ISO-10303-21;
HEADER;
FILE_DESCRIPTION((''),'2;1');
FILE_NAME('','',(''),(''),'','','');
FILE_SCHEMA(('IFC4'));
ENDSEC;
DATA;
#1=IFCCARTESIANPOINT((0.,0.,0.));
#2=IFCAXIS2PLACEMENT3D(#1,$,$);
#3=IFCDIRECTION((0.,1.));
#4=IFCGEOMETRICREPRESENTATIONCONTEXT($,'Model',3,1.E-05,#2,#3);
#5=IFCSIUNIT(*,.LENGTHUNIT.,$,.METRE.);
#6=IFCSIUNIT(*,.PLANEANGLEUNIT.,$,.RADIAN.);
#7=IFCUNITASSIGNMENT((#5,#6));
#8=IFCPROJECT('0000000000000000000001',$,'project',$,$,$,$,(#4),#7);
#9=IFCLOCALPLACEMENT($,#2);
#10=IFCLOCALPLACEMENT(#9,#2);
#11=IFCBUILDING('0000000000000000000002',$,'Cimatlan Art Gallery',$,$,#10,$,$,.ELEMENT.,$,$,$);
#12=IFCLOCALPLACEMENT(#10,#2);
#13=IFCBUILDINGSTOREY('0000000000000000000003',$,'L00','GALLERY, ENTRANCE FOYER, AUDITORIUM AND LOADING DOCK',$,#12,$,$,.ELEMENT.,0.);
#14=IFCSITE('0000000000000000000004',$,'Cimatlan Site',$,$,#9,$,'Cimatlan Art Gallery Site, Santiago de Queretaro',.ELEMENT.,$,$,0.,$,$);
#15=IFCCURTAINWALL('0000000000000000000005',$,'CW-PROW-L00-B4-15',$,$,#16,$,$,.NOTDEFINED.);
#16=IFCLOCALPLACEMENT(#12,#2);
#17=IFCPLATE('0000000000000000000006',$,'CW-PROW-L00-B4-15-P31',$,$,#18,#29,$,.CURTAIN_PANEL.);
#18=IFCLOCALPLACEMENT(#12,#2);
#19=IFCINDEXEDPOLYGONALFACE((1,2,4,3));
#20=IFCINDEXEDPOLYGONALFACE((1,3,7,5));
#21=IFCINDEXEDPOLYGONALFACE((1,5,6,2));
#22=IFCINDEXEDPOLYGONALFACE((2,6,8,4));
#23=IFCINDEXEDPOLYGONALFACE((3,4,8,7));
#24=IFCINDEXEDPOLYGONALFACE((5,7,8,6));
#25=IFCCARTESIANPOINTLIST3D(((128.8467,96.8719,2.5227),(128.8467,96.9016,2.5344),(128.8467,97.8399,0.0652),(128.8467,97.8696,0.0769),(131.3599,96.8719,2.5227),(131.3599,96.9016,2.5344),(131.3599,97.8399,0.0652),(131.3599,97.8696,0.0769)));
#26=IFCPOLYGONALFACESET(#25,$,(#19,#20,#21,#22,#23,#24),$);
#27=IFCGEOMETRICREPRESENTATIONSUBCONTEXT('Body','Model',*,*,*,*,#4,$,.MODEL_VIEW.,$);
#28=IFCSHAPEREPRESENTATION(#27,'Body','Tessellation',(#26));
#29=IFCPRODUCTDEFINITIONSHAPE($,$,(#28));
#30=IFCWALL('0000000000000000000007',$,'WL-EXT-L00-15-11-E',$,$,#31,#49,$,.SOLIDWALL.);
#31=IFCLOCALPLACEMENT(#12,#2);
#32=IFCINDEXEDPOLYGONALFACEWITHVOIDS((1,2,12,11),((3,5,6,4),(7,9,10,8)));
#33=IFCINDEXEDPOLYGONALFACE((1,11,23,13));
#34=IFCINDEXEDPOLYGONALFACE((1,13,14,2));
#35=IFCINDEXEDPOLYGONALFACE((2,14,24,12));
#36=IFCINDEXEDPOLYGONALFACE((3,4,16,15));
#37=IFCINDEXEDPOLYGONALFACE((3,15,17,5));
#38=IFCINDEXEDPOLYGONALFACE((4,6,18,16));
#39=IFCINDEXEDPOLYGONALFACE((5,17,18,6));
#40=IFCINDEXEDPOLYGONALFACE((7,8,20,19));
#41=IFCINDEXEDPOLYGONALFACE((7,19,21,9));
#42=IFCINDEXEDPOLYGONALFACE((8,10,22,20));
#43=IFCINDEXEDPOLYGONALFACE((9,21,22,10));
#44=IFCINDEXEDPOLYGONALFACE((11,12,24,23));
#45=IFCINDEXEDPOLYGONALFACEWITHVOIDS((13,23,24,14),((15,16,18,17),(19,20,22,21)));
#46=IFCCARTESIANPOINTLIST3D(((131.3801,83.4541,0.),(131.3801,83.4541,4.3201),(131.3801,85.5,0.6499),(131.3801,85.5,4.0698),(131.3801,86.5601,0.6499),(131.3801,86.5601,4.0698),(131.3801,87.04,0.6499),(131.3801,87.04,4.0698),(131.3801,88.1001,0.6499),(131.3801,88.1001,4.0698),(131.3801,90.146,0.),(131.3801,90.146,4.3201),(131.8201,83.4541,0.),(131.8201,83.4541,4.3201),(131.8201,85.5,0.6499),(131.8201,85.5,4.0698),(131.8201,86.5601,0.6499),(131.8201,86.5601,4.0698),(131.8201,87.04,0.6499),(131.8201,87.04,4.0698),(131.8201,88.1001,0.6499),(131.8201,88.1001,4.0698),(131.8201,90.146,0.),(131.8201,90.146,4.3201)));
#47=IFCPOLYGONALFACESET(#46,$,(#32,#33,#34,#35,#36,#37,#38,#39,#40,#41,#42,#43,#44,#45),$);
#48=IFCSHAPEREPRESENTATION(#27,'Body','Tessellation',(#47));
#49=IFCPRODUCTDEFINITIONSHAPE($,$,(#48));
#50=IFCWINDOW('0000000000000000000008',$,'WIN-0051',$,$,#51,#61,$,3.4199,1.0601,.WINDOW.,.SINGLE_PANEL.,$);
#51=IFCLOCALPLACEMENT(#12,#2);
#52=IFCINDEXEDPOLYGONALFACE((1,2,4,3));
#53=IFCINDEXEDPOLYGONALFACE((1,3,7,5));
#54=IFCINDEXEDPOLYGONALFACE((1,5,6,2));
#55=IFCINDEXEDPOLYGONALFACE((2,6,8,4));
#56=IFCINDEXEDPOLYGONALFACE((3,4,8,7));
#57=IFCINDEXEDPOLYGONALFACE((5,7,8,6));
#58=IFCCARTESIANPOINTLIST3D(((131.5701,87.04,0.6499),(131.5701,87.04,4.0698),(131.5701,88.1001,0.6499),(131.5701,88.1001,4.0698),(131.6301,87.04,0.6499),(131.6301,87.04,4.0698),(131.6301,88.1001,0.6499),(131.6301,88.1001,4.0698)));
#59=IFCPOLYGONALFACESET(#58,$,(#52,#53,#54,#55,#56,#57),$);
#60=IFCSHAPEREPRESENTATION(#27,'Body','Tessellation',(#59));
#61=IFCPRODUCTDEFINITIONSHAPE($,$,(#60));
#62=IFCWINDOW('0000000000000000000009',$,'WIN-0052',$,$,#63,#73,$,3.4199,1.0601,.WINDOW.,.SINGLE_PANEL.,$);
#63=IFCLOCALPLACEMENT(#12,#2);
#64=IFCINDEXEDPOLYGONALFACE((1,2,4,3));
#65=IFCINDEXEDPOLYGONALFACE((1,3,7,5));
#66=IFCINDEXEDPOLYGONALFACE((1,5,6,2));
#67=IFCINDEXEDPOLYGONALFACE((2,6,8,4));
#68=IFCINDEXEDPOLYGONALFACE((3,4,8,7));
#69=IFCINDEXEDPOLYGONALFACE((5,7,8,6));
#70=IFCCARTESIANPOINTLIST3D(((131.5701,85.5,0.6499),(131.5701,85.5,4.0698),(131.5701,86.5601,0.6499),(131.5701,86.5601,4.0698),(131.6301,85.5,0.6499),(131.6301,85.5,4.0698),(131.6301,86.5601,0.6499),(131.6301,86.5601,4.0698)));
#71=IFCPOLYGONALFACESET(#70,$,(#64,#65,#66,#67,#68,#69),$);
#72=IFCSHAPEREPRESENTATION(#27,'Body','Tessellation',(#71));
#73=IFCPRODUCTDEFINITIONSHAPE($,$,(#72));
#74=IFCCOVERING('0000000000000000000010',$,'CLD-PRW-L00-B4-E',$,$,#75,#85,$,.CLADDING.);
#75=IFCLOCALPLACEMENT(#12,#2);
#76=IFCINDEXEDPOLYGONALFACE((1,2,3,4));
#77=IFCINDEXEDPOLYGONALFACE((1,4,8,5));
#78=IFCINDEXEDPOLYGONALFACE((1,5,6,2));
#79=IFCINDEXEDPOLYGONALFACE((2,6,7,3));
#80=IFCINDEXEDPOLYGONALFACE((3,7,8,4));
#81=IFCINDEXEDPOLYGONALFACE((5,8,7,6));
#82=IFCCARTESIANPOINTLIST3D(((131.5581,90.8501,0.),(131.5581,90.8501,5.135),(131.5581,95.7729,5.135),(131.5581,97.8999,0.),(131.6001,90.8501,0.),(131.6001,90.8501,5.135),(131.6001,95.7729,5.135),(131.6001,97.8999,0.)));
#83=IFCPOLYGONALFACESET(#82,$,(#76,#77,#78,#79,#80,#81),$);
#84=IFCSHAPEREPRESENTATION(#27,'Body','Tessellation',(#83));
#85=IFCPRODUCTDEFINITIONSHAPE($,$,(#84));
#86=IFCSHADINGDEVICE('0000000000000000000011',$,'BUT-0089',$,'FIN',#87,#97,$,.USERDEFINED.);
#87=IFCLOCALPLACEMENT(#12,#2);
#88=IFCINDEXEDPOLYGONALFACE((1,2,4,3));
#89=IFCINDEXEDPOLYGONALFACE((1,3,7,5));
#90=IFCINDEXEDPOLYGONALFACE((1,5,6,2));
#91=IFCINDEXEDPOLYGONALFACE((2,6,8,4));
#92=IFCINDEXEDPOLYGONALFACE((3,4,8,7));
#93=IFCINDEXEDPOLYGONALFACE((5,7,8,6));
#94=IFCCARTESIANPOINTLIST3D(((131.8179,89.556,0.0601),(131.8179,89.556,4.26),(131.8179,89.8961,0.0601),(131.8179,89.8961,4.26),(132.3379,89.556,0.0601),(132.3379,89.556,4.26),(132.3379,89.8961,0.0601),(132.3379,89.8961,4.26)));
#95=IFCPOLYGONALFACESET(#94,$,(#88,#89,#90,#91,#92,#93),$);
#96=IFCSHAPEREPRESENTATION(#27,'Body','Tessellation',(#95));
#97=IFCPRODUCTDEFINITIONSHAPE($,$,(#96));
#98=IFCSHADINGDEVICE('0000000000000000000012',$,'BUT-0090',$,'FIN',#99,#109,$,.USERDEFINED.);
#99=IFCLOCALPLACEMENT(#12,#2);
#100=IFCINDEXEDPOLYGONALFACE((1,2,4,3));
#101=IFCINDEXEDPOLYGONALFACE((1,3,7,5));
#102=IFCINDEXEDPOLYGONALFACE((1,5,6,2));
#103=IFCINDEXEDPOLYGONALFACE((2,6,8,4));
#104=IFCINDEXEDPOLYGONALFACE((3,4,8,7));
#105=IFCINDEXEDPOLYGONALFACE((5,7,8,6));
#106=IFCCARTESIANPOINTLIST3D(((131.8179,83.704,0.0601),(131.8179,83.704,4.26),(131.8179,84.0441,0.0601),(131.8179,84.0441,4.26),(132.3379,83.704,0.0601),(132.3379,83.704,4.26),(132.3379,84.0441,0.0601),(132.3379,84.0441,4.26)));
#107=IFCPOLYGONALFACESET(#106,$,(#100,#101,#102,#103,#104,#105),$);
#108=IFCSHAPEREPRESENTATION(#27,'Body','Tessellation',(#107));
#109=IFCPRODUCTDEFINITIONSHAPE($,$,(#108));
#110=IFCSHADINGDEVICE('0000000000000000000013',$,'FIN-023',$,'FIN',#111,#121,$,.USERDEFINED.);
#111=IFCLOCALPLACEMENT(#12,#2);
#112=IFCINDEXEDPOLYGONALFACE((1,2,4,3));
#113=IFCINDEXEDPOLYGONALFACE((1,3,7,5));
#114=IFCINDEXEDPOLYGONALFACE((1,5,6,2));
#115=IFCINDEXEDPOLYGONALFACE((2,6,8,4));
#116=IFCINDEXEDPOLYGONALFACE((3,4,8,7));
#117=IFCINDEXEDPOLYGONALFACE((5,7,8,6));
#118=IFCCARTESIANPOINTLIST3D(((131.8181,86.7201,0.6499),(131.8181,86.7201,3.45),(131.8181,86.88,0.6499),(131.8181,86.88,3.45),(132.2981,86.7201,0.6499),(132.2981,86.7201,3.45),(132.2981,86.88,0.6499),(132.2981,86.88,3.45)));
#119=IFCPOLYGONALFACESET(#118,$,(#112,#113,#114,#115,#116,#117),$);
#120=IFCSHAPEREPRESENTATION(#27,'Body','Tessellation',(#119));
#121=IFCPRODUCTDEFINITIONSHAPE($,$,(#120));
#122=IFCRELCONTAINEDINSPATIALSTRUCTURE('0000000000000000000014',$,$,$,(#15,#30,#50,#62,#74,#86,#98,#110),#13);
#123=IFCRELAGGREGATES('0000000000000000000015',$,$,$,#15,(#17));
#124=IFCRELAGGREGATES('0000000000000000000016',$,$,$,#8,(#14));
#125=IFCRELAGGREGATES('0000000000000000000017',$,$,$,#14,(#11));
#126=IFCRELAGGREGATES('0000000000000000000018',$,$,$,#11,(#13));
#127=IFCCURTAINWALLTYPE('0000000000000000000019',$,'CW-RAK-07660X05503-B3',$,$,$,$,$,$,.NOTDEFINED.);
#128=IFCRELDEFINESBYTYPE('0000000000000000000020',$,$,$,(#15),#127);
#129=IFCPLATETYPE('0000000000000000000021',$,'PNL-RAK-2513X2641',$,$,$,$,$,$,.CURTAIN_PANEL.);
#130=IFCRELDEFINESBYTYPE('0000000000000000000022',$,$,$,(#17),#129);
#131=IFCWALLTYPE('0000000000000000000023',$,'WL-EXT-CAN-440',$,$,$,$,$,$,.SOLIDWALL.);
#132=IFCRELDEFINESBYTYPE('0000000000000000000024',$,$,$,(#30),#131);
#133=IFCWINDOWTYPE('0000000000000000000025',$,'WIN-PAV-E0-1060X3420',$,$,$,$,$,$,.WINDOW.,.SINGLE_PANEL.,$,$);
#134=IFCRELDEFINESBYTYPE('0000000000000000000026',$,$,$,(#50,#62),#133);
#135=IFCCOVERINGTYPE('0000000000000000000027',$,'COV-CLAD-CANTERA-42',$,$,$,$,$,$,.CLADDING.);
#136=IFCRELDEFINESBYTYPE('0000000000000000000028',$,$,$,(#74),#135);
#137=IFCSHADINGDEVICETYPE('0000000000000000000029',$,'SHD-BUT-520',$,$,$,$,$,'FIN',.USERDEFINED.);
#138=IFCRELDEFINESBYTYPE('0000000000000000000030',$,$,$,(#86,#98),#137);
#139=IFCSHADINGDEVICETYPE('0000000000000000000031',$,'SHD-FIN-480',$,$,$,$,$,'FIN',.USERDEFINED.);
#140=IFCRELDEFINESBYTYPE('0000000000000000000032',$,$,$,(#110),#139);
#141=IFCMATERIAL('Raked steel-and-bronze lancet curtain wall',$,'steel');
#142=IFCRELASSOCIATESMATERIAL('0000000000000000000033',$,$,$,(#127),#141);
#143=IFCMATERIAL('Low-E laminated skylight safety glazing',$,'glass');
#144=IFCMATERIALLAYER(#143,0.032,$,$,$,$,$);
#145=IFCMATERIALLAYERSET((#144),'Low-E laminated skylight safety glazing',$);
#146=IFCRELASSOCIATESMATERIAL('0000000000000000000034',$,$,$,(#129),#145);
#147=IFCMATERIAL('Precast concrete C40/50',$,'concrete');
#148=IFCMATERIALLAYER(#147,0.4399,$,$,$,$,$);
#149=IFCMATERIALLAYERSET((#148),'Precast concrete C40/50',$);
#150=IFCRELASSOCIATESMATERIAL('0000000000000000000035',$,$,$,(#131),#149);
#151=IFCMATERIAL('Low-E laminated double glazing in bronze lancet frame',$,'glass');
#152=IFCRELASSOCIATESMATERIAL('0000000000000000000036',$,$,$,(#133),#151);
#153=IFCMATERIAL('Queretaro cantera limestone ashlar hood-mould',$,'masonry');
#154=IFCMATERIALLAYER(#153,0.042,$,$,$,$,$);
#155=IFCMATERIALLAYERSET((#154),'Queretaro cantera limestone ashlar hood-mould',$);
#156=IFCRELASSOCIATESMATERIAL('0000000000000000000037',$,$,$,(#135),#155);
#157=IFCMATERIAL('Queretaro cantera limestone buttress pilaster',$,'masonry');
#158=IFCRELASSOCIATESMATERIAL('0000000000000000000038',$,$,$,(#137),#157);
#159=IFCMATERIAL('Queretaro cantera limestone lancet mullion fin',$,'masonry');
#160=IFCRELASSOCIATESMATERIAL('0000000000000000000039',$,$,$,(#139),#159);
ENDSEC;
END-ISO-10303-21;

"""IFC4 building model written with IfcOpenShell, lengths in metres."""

from ifc_helpers import new_model, si_unit, direction, frame, frame_2d, origin, origin_2d, place, context, subcontext, project, spatial, polyline, rectangle, outline, extrude, material, layer, layer_set, type_object, element, fill, aggregate, save


model = new_model("IFC4")

# Units and contexts
model_context = context("Model", 3, precision=1e-05, world=origin(), true_north=direction((0.0, 1.0)))
body_context = subcontext(model_context, "Body", "Model", "MODEL_VIEW")
ifc_project = project(units=[si_unit("LENGTHUNIT", "METRE"), si_unit("PLANEANGLEUNIT", "RADIAN")], contexts=[model_context])

# Site, building, storey
site_placement = place(None, origin())
site = spatial("IfcSite", under=ifc_project, at=site_placement, Name="Cimatlan Site", LongName="Cimatlan Art Gallery Site, Santiago de Queretaro", CompositionType="ELEMENT", RefElevation=0.0)
building_placement = place(site_placement, origin())
building = spatial("IfcBuilding", under=site, at=building_placement, Name="Cimatlan Art Gallery", CompositionType="ELEMENT")
storey_placement = place(building_placement, origin())
storey = spatial("IfcBuildingStorey", under=building, at=storey_placement, Name="L00", Description="GALLERY, ENTRANCE FOYER, AUDITORIUM AND LOADING DOCK", CompositionType="ELEMENT", Elevation=0.0)

# Curtain wall
ifc_material_1 = material(Name="Raked steel-and-bronze lancet curtain wall", Category="steel")
curtain_wall_type = type_object("IfcCurtainWallType", Name="CW-RAK-07660X05503-B3", PredefinedType="NOTDEFINED", material=ifc_material_1)
curtain_wall_placement = place(storey_placement, origin())
curtain_wall = element("IfcCurtainWall", 1, at=curtain_wall_placement, inside=storey, type_object=curtain_wall_type, Name="CW-PROW-L00-B4-15", PredefinedType="NOTDEFINED")

# Plate
ifc_material_2 = material(Name="Low-E laminated skylight safety glazing", Category="glass")
ifc_layer_1 = layer(ifc_material_2, 0.032)
ifc_layer_set_1 = layer_set([ifc_layer_1], Name="Low-E laminated skylight safety glazing")
plate_type = type_object("IfcPlateType", Name="PNL-RAK-2513X2641", PredefinedType="CURTAIN_PANEL", material=ifc_layer_set_1)
plate_placement = place(storey_placement, frame((128.8467, 97.8696, 0.0769), z_axis=(0.0, 0.930421, 0.366493), x_axis=(1.0, 0.0, 0.0)))
plate = element("IfcPlate", 2, at=plate_placement, type_object=plate_type, Name="CW-PROW-L00-B4-15-P31", PredefinedType="CURTAIN_PANEL", context=body_context, shape_type="SweptSolid", body=[
    extrude(outline(polyline([(0.0, 0.0), (2.5132, 0.0), (2.5132, -2.6413), (0.0, -2.6413), (0.0, 0.0)])), origin(), (0.0, 0.0, -1.0), 0.032),
])
aggregate(curtain_wall, [plate])

# Wall, openings, windows
ifc_material_3 = material(Name="Precast concrete C40/50", Category="concrete")
ifc_layer_2 = layer(ifc_material_3, 0.4399)
ifc_layer_set_2 = layer_set([ifc_layer_2], Name="Precast concrete C40/50")
wall_type = type_object("IfcWallType", Name="WL-EXT-CAN-440", PredefinedType="SOLIDWALL", material=ifc_layer_set_2)
wall_placement = place(storey_placement, frame((131.6001, 90.146, 0.0), z_axis=(0.0, 0.0, 1.0), x_axis=(0.0, -1.0, 0.0)))
wall = element("IfcWall", 3, at=wall_placement, inside=storey, type_object=wall_type, Name="WL-EXT-L00-15-11-E", PredefinedType="SOLIDWALL", context=body_context, shape_type="SweptSolid", body=[
    extrude(rectangle(XDim=6.6919, YDim=0.4399, at=frame_2d((3.3459, 0.0))), origin(), (0.0, 0.0, 1.0), 4.3201),
])
opening_1_placement = place(wall_placement, frame((2.0459, 0.0, 0.6499)))
opening_1 = element("IfcOpeningElement", 4, at=opening_1_placement, cuts=wall, PredefinedType="OPENING", context=body_context, shape_type="SweptSolid", body=[
    extrude(rectangle(XDim=1.0601, YDim=3.4199, at=frame_2d((0.53, 1.71))), frame((0.0, 0.23, 0.0), z_axis=(0.0, -1.0, 0.0), x_axis=(1.0, 0.0, 0.0)), (0.0, 0.0, 1.0), 0.46),
])
opening_2_placement = place(wall_placement, frame((3.5859, 0.0, 0.6499)))
opening_2 = element("IfcOpeningElement", 5, at=opening_2_placement, cuts=wall, PredefinedType="OPENING", context=body_context, shape_type="SweptSolid", body=[
    extrude(rectangle(XDim=1.0601, YDim=3.4199, at=frame_2d((0.53, 1.71))), frame((0.0, 0.23, 0.0), z_axis=(0.0, -1.0, 0.0), x_axis=(1.0, 0.0, 0.0)), (0.0, 0.0, 1.0), 0.46),
])
ifc_material_4 = material(Name="Low-E laminated double glazing in bronze lancet frame", Category="glass")
window_type = type_object("IfcWindowType", Name="WIN-PAV-E0-1060X3420", PartitioningType="SINGLE_PANEL", PredefinedType="WINDOW", material=ifc_material_4)
window_1_placement = place(opening_1_placement, origin())
window_1 = element("IfcWindow", 6, at=window_1_placement, inside=storey, type_object=window_type, Name="WIN-0051", OverallHeight=3.4199, OverallWidth=1.0601, PartitioningType="SINGLE_PANEL", PredefinedType="WINDOW", context=body_context, shape_type="SweptSolid", body=[
    extrude(rectangle(XDim=1.0601, YDim=3.4199, at=frame_2d((0.53, 1.71))), frame((0.0, 0.03, 0.0), z_axis=(0.0, -1.0, 0.0), x_axis=(1.0, 0.0, 0.0)), (0.0, 0.0, 1.0), 0.0601),
])
fill(opening_1, window_1)
window_2_placement = place(opening_2_placement, origin())
window_2 = element("IfcWindow", 7, at=window_2_placement, inside=storey, type_object=window_type, Name="WIN-0052", OverallHeight=3.4199, OverallWidth=1.0601, PartitioningType="SINGLE_PANEL", PredefinedType="WINDOW", context=body_context, shape_type="SweptSolid", body=[
    extrude(rectangle(XDim=1.0601, YDim=3.4199, at=frame_2d((0.53, 1.71))), frame((0.0, 0.03, 0.0), z_axis=(0.0, -1.0, 0.0), x_axis=(1.0, 0.0, 0.0)), (0.0, 0.0, 1.0), 0.0601),
])
fill(opening_2, window_2)

# Covering
ifc_material_5 = material(Name="Queretaro cantera limestone ashlar hood-mould", Category="masonry")
ifc_layer_3 = layer(ifc_material_5, 0.042)
ifc_layer_set_3 = layer_set([ifc_layer_3], Name="Queretaro cantera limestone ashlar hood-mould")
covering_type = type_object("IfcCoveringType", Name="COV-CLAD-CANTERA-42", PredefinedType="CLADDING", material=ifc_layer_set_3)
covering_placement = place(storey_placement, frame((131.6001, 90.8501, 0.0), z_axis=(1.0, 0.0, 0.0), x_axis=(0.0, 1.0, 0.0)))
element("IfcCovering", 8, at=covering_placement, inside=storey, type_object=covering_type, Name="CLD-PRW-L00-B4-E", PredefinedType="CLADDING", context=body_context, shape_type="SweptSolid", body=[
    extrude(outline(polyline([(0.0, 0.0), (7.0498, 0.0), (4.9229, 5.135), (0.0, 5.135), (0.0, 0.0)])), origin(), (0.0, 0.0, -1.0), 0.042),
])

# Shading devices
ifc_material_6 = material(Name="Queretaro cantera limestone buttress pilaster", Category="masonry")
shading_device_type_1 = type_object("IfcShadingDeviceType", Name="SHD-BUT-520", ElementType="FIN", PredefinedType="USERDEFINED", material=ifc_material_6)
for number, where, z_axis, x_axis, name in (
    (9, (132.0779, 89.7261, 0.0601), (0.0, 0.0, 1.0), (0.0, -1.0, 0.0), "BUT-0089"),
    (10, (132.0779, 83.874, 0.0601), (0.0, 0.0, 1.0), (0.0, -1.0, 0.0), "BUT-0090"),
):
    element("IfcShadingDevice", number, at=place(storey_placement, frame(where, z_axis=z_axis, x_axis=x_axis)), inside=storey, type_object=shading_device_type_1, Name=name, ObjectType="FIN", PredefinedType="USERDEFINED", context=body_context, shape_type="SweptSolid", body=[
        extrude(rectangle(XDim=0.3401, YDim=0.52, at=origin_2d()), origin(), (0.0, 0.0, 1.0), 4.2),
    ])
ifc_material_7 = material(Name="Queretaro cantera limestone lancet mullion fin", Category="masonry")
shading_device_type_2 = type_object("IfcShadingDeviceType", Name="SHD-FIN-480", ElementType="FIN", PredefinedType="USERDEFINED", material=ifc_material_7)
shading_device_placement = place(storey_placement, frame((132.0581, 86.8, 0.6499), z_axis=(0.0, 0.0, 1.0), x_axis=(0.0, -1.0, 0.0)))
element("IfcShadingDevice", 11, at=shading_device_placement, inside=storey, type_object=shading_device_type_2, Name="FIN-023", ObjectType="FIN", PredefinedType="USERDEFINED", context=body_context, shape_type="SweptSolid", body=[
    extrude(rectangle(XDim=0.1599, YDim=0.48, at=origin_2d()), origin(), (0.0, 0.0, 1.0), 2.8),
])

save(model, "model.ifc")
